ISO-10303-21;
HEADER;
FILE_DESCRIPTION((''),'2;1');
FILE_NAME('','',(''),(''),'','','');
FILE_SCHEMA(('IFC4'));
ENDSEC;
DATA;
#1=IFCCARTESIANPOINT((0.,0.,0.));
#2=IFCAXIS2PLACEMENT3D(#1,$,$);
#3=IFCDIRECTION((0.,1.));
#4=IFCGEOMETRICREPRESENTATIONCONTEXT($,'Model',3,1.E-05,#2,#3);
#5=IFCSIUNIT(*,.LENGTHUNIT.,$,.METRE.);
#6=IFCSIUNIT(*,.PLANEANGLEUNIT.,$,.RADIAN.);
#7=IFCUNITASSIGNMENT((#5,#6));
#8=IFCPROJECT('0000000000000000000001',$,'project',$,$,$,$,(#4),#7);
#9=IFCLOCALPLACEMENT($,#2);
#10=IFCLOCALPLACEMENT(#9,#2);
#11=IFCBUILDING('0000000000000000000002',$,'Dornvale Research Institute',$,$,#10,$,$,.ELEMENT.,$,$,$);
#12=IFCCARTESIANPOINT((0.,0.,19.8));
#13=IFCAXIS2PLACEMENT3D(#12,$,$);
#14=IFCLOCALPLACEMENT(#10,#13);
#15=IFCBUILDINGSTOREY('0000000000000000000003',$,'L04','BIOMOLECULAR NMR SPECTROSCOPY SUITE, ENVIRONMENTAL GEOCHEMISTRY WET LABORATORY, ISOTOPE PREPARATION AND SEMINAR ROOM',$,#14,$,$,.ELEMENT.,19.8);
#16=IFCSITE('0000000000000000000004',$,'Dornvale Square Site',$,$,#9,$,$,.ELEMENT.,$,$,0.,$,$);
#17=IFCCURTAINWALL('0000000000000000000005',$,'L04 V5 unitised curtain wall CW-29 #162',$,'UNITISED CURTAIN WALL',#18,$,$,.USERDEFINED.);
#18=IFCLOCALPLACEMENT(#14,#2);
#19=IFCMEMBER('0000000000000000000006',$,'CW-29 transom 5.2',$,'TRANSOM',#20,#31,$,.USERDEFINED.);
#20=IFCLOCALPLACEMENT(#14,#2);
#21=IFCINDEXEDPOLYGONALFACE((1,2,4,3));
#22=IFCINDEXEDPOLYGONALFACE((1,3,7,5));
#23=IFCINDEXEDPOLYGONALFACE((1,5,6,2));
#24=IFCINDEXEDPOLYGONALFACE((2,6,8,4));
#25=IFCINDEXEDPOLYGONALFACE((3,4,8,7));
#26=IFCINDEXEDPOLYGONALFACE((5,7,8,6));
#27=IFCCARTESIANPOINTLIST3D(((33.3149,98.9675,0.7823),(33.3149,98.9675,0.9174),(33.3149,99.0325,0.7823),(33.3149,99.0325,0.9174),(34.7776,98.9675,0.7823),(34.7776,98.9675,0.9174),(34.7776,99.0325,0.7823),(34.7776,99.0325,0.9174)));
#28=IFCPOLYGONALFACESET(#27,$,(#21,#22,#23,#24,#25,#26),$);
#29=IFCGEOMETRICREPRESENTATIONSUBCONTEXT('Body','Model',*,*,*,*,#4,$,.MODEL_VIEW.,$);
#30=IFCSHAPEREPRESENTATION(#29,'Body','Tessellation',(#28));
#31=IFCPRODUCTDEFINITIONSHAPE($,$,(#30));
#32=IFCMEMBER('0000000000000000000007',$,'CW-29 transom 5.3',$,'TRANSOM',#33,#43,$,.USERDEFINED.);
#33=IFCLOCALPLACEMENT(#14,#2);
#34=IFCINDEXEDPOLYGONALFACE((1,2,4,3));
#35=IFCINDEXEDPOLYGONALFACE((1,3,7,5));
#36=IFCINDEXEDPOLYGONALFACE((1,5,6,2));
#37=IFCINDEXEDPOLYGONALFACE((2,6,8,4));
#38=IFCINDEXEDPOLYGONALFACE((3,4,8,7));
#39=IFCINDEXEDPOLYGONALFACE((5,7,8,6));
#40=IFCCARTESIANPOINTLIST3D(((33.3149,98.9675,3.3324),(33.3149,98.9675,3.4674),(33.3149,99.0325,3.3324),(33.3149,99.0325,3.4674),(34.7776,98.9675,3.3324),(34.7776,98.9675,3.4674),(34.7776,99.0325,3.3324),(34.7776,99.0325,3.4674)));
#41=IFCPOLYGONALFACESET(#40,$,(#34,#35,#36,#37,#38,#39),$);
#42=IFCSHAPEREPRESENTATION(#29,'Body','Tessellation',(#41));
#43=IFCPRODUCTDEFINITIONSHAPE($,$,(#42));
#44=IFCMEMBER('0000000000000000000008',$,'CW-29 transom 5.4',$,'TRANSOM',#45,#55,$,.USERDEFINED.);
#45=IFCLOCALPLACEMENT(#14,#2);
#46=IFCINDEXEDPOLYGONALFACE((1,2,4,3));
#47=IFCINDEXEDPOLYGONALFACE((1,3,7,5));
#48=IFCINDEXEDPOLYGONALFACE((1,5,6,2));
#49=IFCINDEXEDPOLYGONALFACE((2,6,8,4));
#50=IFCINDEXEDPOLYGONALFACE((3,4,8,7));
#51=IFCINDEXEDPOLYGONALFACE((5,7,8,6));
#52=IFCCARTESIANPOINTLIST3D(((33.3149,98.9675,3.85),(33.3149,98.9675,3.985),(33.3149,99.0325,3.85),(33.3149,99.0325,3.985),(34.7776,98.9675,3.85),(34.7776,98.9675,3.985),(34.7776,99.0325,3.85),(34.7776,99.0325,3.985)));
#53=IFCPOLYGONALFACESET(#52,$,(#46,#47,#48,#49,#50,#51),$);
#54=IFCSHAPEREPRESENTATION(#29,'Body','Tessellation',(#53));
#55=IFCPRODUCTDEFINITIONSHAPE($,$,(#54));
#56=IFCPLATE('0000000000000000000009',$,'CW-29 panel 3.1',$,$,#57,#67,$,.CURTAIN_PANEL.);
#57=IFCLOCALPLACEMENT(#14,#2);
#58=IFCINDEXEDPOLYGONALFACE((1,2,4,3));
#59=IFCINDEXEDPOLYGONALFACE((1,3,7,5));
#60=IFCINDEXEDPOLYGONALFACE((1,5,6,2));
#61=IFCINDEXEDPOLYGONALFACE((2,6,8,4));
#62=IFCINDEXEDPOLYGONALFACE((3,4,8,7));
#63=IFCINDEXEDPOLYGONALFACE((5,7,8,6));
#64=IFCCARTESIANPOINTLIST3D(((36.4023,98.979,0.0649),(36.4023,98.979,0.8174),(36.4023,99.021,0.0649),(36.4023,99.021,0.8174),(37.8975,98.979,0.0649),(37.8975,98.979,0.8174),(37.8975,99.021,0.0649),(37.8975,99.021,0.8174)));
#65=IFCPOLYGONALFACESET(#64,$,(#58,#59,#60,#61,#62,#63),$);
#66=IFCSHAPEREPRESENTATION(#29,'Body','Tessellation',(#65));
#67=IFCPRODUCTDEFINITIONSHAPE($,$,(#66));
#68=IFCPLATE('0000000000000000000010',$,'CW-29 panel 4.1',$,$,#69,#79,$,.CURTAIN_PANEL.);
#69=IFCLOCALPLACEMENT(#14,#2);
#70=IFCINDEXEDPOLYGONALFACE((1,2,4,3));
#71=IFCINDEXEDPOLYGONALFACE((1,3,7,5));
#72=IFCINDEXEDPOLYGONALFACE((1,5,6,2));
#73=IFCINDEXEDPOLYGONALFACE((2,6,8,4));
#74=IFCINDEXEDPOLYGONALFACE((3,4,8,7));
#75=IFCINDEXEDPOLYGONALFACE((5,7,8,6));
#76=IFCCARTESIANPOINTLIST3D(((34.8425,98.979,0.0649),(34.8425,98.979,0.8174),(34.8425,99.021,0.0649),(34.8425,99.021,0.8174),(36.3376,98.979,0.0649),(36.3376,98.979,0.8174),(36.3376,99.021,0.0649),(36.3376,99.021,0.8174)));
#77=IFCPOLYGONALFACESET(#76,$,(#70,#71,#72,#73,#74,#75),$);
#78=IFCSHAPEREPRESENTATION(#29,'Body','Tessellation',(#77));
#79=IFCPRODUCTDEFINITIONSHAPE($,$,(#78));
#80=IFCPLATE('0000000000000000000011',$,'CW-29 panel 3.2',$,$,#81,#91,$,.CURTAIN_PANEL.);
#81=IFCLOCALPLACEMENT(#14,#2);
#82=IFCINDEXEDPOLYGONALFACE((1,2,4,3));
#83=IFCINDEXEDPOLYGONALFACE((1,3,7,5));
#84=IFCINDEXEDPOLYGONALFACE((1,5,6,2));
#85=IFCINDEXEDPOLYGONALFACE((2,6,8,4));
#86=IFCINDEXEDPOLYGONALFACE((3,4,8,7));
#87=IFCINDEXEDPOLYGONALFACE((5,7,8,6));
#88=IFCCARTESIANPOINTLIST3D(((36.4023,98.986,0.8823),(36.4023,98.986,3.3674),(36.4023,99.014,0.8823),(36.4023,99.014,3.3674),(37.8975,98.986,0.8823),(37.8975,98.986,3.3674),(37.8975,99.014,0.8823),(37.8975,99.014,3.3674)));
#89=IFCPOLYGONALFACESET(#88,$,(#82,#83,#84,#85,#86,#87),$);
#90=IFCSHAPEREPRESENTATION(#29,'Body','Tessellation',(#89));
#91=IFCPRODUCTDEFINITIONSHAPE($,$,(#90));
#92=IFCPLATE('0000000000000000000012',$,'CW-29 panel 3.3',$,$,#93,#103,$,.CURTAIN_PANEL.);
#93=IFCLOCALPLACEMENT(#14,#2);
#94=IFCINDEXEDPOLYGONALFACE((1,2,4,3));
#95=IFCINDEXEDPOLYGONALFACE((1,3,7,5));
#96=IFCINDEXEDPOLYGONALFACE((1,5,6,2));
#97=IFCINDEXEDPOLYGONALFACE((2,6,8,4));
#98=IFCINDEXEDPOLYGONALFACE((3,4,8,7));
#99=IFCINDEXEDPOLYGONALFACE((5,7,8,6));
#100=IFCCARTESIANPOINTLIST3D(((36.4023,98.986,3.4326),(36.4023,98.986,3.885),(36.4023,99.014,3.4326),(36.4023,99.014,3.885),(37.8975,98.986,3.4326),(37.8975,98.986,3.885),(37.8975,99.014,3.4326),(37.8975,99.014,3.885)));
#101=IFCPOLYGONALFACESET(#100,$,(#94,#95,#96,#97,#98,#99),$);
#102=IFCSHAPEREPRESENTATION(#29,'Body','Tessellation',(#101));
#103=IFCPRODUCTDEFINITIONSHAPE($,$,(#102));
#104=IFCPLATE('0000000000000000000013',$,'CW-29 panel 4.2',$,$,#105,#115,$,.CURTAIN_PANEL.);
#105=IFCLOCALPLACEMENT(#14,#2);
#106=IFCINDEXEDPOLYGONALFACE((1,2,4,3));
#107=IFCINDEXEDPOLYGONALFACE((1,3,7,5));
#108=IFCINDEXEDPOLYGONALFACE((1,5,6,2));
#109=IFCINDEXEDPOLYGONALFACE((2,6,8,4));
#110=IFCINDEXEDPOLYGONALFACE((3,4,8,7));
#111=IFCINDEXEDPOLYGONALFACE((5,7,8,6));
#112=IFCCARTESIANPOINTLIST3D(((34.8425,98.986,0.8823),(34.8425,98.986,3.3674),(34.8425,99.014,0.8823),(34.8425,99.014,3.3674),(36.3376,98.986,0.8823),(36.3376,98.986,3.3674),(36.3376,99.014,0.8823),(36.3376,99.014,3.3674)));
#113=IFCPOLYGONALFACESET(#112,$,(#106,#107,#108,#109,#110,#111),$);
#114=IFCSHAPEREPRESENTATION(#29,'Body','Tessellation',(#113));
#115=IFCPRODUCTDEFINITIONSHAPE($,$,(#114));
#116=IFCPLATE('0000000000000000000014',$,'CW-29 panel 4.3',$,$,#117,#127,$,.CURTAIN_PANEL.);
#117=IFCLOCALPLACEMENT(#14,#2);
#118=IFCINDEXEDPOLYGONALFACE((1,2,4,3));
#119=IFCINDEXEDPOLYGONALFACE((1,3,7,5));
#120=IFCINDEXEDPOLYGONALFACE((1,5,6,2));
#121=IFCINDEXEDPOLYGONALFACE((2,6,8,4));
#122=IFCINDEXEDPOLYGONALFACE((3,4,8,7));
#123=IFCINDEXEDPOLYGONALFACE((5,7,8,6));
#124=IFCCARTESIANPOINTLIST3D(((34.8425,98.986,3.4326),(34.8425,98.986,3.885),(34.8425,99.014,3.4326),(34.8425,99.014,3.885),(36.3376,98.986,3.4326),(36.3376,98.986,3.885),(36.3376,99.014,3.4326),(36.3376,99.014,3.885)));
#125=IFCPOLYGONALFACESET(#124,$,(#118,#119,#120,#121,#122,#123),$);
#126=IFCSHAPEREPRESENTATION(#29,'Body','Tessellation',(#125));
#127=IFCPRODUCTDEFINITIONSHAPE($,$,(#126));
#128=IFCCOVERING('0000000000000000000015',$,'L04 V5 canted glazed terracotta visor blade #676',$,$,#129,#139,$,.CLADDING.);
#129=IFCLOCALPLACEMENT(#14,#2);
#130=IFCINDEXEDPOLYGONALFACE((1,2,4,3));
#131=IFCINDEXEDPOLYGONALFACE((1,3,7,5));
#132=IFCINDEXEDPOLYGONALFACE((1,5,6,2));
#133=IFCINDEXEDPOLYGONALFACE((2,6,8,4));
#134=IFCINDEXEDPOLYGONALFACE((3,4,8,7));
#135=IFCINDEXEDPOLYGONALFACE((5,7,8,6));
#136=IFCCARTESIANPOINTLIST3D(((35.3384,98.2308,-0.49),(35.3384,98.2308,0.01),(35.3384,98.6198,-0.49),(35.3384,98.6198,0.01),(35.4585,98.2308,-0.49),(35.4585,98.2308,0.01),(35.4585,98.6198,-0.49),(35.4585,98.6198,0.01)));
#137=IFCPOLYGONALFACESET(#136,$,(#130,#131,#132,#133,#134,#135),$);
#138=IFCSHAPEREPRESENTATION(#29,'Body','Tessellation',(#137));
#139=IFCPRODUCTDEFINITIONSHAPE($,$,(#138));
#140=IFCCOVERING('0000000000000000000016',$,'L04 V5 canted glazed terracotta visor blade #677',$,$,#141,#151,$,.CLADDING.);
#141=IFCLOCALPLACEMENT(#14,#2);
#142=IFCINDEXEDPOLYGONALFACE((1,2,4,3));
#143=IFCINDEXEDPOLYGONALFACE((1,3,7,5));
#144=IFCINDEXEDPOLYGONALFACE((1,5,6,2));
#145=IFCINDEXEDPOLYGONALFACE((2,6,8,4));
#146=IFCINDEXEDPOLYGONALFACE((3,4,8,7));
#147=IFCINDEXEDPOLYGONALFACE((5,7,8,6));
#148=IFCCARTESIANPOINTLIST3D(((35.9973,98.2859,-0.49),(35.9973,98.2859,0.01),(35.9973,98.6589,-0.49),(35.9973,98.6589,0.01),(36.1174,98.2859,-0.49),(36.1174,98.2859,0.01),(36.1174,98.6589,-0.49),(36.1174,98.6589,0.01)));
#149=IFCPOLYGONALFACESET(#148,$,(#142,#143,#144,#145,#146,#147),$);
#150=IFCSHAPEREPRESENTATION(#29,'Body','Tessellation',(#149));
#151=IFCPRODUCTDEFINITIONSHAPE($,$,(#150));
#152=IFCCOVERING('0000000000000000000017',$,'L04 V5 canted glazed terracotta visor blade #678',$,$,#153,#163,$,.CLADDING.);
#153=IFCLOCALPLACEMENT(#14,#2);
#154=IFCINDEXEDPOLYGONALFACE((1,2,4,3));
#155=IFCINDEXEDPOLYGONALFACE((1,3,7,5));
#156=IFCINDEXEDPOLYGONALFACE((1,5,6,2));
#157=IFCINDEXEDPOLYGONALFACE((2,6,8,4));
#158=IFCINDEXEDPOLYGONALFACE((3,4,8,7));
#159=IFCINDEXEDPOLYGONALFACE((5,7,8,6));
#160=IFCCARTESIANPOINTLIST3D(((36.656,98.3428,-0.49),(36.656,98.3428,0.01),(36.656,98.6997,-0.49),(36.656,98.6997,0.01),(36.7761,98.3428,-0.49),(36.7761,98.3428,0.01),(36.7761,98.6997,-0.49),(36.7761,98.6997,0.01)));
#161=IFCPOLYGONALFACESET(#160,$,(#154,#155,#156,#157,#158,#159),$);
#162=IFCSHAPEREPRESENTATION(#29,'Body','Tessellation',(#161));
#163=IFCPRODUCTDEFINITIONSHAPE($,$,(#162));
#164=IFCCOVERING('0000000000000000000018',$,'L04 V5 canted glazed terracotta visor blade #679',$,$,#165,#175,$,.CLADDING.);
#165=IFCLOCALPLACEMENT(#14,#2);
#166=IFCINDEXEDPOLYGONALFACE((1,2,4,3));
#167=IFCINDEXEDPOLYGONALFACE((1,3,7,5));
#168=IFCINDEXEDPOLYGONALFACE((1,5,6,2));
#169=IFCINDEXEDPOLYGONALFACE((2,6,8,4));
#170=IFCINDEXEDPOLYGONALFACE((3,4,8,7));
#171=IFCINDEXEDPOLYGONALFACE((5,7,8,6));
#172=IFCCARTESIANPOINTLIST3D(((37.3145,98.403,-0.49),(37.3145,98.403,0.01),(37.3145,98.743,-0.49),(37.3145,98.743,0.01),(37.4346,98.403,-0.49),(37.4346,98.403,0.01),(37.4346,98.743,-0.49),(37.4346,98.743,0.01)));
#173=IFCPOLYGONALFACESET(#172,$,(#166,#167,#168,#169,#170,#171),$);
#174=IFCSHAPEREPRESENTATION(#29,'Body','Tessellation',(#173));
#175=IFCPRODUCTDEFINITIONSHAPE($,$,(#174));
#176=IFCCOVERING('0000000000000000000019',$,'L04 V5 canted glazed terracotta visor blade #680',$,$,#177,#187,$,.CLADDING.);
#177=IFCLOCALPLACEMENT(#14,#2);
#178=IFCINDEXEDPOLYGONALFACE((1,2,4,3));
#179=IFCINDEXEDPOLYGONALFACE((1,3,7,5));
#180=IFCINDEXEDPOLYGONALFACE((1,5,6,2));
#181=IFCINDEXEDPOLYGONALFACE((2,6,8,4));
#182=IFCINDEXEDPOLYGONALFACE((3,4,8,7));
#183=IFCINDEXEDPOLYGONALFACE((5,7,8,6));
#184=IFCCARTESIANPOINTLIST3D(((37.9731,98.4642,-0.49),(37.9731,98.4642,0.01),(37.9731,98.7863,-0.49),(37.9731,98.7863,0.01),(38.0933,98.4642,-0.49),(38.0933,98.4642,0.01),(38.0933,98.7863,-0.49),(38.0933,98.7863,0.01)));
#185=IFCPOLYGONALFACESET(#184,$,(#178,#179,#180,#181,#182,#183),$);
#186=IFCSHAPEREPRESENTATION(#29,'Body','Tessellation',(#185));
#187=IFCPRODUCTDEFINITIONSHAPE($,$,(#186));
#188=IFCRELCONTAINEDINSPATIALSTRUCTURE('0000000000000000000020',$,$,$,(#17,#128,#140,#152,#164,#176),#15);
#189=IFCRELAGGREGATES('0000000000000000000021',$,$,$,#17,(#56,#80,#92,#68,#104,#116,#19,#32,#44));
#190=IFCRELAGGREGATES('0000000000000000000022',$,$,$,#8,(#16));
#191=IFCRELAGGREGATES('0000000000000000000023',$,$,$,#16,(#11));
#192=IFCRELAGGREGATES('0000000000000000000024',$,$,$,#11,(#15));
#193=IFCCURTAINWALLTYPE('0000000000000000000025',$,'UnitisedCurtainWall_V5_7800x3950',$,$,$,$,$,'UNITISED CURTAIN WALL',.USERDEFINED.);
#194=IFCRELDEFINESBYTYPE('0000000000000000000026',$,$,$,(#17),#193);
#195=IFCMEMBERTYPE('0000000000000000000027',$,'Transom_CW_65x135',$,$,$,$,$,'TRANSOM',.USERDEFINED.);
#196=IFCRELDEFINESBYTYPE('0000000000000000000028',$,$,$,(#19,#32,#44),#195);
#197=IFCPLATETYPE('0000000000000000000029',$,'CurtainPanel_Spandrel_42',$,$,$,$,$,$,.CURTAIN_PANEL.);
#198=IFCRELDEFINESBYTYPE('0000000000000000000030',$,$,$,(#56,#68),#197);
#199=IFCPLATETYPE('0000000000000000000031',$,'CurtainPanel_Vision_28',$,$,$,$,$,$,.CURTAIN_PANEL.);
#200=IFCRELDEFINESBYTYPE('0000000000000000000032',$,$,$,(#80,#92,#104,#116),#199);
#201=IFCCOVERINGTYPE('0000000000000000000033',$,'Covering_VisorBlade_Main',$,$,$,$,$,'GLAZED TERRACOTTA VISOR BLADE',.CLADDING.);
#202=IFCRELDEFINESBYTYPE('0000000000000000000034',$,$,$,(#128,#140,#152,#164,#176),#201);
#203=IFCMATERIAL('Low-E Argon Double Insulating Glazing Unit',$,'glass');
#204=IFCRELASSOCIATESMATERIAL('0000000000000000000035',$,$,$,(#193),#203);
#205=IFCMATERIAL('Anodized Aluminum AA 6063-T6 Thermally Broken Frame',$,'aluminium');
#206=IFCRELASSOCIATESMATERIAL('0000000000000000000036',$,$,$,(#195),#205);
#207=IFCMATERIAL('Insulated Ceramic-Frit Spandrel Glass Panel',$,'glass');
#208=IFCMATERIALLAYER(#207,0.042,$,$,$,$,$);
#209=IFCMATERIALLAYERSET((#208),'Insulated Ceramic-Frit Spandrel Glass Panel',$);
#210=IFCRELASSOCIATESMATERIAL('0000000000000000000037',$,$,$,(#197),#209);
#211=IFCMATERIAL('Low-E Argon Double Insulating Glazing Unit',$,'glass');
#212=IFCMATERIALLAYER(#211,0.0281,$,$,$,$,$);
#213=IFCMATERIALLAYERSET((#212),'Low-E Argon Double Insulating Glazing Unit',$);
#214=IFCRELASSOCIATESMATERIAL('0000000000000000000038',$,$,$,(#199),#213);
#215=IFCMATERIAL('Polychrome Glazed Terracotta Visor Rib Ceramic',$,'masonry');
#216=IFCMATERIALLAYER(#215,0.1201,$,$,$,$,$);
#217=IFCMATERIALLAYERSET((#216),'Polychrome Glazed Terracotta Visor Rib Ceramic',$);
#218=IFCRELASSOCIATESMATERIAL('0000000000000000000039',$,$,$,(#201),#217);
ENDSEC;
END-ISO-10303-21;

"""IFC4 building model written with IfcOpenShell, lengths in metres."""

from ifc_helpers import new_model, si_unit, direction, frame, origin, origin_2d, place, context, subcontext, project, spatial, rectangle, extrude, material, layer, layer_set, material_profile, profile_set, type_object, element, aggregate, save


model = new_model("IFC4")

# Units and contexts
model_context = context("Model", 3, precision=1e-05, world=origin(), true_north=direction((0.0, 1.0)))
body_context = subcontext(model_context, "Body", "Model", "MODEL_VIEW")
ifc_project = project(units=[si_unit("LENGTHUNIT", "METRE"), si_unit("PLANEANGLEUNIT", "RADIAN")], contexts=[model_context])

# Site, building, storey
site_placement = place(None, origin())
site = spatial("IfcSite", under=ifc_project, at=site_placement, Name="Dornvale Square Site", CompositionType="ELEMENT", RefElevation=0.0)
building_placement = place(site_placement, origin())
building = spatial("IfcBuilding", under=site, at=building_placement, Name="Dornvale Research Institute", CompositionType="ELEMENT")
storey_placement = place(building_placement, frame((0.0, 0.0, 19.8)))
storey = spatial("IfcBuildingStorey", under=building, at=storey_placement, Name="L04", Description="BIOMOLECULAR NMR SPECTROSCOPY SUITE, ENVIRONMENTAL GEOCHEMISTRY WET LABORATORY, ISOTOPE PREPARATION AND SEMINAR ROOM", CompositionType="ELEMENT", Elevation=19.8)

# Curtain wall, members, plates
ifc_material_1 = material(Name="Low-E Argon Double Insulating Glazing Unit", Category="glass")
curtain_wall_type = type_object("IfcCurtainWallType", Name="UnitisedCurtainWall_V5_7800x3950", ElementType="UNITISED CURTAIN WALL", PredefinedType="USERDEFINED", material=ifc_material_1)
curtain_wall_placement = place(storey_placement, origin())
curtain_wall = element("IfcCurtainWall", 1, at=curtain_wall_placement, inside=storey, type_object=curtain_wall_type, Name="L04 V5 unitised curtain wall CW-29 #162", ObjectType="UNITISED CURTAIN WALL", PredefinedType="USERDEFINED")
ifc_material_2 = material(Name="Anodized Aluminum AA 6063-T6 Thermally Broken Frame", Category="aluminium")
ifc_material_profile_1 = material_profile(ifc_material_2, rectangle(XDim=0.0649, YDim=0.135, at=origin_2d()), Name="ALU TRANSOM 65x135")
ifc_profile_set_1 = profile_set([ifc_material_profile_1], Name="Anodized Aluminum AA 6063-T6 Thermally Broken Frame")
member_type_1 = type_object("IfcMemberType", Name="Transom_CW_65x135", ElementType="TRANSOM", PredefinedType="USERDEFINED", material=ifc_profile_set_1)
member_1_placement = place(storey_placement, frame((34.7776, 99.0, 0.8499), z_axis=(-1.0, 0.0, 0.0), x_axis=(0.0, -1.0, 0.0)))
member_1 = element("IfcMember", 2, at=member_1_placement, type_object=member_type_1, Name="CW-29 transom 5.2", ObjectType="TRANSOM", PredefinedType="USERDEFINED", context=body_context, shape_type="SweptSolid", body=[
    extrude(rectangle(XDim=0.0649, YDim=0.135, at=origin_2d()), origin(), (0.0, 0.0, 1.0), 1.4626),
])
member_2_placement = place(storey_placement, frame((34.7776, 99.0, 3.3999), z_axis=(-1.0, 0.0, 0.0), x_axis=(0.0, -1.0, 0.0)))
member_2 = element("IfcMember", 3, at=member_2_placement, type_object=member_type_1, Name="CW-29 transom 5.3", ObjectType="TRANSOM", PredefinedType="USERDEFINED", context=body_context, shape_type="SweptSolid", body=[
    extrude(rectangle(XDim=0.0649, YDim=0.135, at=origin_2d()), origin(), (0.0, 0.0, 1.0), 1.4626),
])
member_3_placement = place(storey_placement, frame((34.7776, 99.0, 3.9175), z_axis=(-1.0, 0.0, 0.0), x_axis=(0.0, -1.0, 0.0)))
member_3 = element("IfcMember", 4, at=member_3_placement, type_object=member_type_1, Name="CW-29 transom 5.4", ObjectType="TRANSOM", PredefinedType="USERDEFINED", context=body_context, shape_type="SweptSolid", body=[
    extrude(rectangle(XDim=0.0649, YDim=0.135, at=origin_2d()), origin(), (0.0, 0.0, 1.0), 1.4626),
])
ifc_material_3 = material(Name="Insulated Ceramic-Frit Spandrel Glass Panel", Category="glass")
ifc_layer_1 = layer(ifc_material_3, 0.042)
ifc_layer_set_1 = layer_set([ifc_layer_1], Name="Insulated Ceramic-Frit Spandrel Glass Panel")
plate_type_1 = type_object("IfcPlateType", Name="CurtainPanel_Spandrel_42", PredefinedType="CURTAIN_PANEL", material=ifc_layer_set_1)
plate_1_placement = place(storey_placement, frame((37.1499, 99.0, 0.0649), z_axis=(0.0, 0.0, 1.0), x_axis=(-1.0, 0.0, 0.0)))
plate_1 = element("IfcPlate", 5, at=plate_1_placement, type_object=plate_type_1, Name="CW-29 panel 3.1", PredefinedType="CURTAIN_PANEL", context=body_context, shape_type="SweptSolid", body=[
    extrude(rectangle(XDim=1.4951, YDim=0.042, at=origin_2d()), origin(), (0.0, 0.0, 1.0), 0.7524),
])
plate_2_placement = place(storey_placement, frame((35.5901, 99.0, 0.0649), z_axis=(0.0, 0.0, 1.0), x_axis=(-1.0, 0.0, 0.0)))
plate_2 = element("IfcPlate", 6, at=plate_2_placement, type_object=plate_type_1, Name="CW-29 panel 4.1", PredefinedType="CURTAIN_PANEL", context=body_context, shape_type="SweptSolid", body=[
    extrude(rectangle(XDim=1.4951, YDim=0.042, at=origin_2d()), origin(), (0.0, 0.0, 1.0), 0.7524),
])
ifc_material_4 = material(Name="Low-E Argon Double Insulating Glazing Unit", Category="glass")
ifc_layer_2 = layer(ifc_material_4, 0.0281)
ifc_layer_set_2 = layer_set([ifc_layer_2], Name="Low-E Argon Double Insulating Glazing Unit")
plate_type_2 = type_object("IfcPlateType", Name="CurtainPanel_Vision_28", PredefinedType="CURTAIN_PANEL", material=ifc_layer_set_2)
plate_3_placement = place(storey_placement, frame((37.1499, 99.0, 0.8823), z_axis=(0.0, 0.0, 1.0), x_axis=(-1.0, 0.0, 0.0)))
plate_3 = element("IfcPlate", 7, at=plate_3_placement, type_object=plate_type_2, Name="CW-29 panel 3.2", PredefinedType="CURTAIN_PANEL", context=body_context, shape_type="SweptSolid", body=[
    extrude(rectangle(XDim=1.4951, YDim=0.0281, at=origin_2d()), origin(), (0.0, 0.0, 1.0), 2.4851),
])
plate_4_placement = place(storey_placement, frame((37.1499, 99.0, 3.4326), z_axis=(0.0, 0.0, 1.0), x_axis=(-1.0, 0.0, 0.0)))
plate_4 = element("IfcPlate", 8, at=plate_4_placement, type_object=plate_type_2, Name="CW-29 panel 3.3", PredefinedType="CURTAIN_PANEL", context=body_context, shape_type="SweptSolid", body=[
    extrude(rectangle(XDim=1.4951, YDim=0.0281, at=origin_2d()), origin(), (0.0, 0.0, 1.0), 0.4524),
])
plate_5_placement = place(storey_placement, frame((35.5901, 99.0, 0.8823), z_axis=(0.0, 0.0, 1.0), x_axis=(-1.0, 0.0, 0.0)))
plate_5 = element("IfcPlate", 9, at=plate_5_placement, type_object=plate_type_2, Name="CW-29 panel 4.2", PredefinedType="CURTAIN_PANEL", context=body_context, shape_type="SweptSolid", body=[
    extrude(rectangle(XDim=1.4951, YDim=0.0281, at=origin_2d()), origin(), (0.0, 0.0, 1.0), 2.4851),
])
plate_6_placement = place(storey_placement, frame((35.5901, 99.0, 3.4326), z_axis=(0.0, 0.0, 1.0), x_axis=(-1.0, 0.0, 0.0)))
plate_6 = element("IfcPlate", 10, at=plate_6_placement, type_object=plate_type_2, Name="CW-29 panel 4.3", PredefinedType="CURTAIN_PANEL", context=body_context, shape_type="SweptSolid", body=[
    extrude(rectangle(XDim=1.4951, YDim=0.0281, at=origin_2d()), origin(), (0.0, 0.0, 1.0), 0.4524),
])
aggregate(curtain_wall, [plate_1, plate_3, plate_4, plate_2, plate_5, plate_6, member_1, member_2, member_3])

# Coverings
ifc_material_5 = material(Name="Polychrome Glazed Terracotta Visor Rib Ceramic", Category="masonry")
ifc_layer_3 = layer(ifc_material_5, 0.1201)
ifc_layer_set_3 = layer_set([ifc_layer_3], Name="Polychrome Glazed Terracotta Visor Rib Ceramic")
covering_type = type_object("IfcCoveringType", Name="Covering_VisorBlade_Main", ElementType="GLAZED TERRACOTTA VISOR BLADE", PredefinedType="CLADDING", material=ifc_layer_set_3)
covering_1_placement = place(storey_placement, frame((35.3984, 98.4253, -0.49), z_axis=(0.0, 0.0, 1.0), x_axis=(0.0, 1.0, 0.0)))
element("IfcCovering", 11, at=covering_1_placement, inside=storey, type_object=covering_type, Name="L04 V5 canted glazed terracotta visor blade #676", PredefinedType="CLADDING", context=body_context, shape_type="SweptSolid", body=[
    extrude(rectangle(XDim=0.3889, YDim=0.1201, at=origin_2d()), origin(), (0.0, 0.0, 1.0), 0.5),
])
covering_2_placement = place(storey_placement, frame((36.0574, 98.4724, -0.49), z_axis=(0.0, 0.0, 1.0), x_axis=(0.0, 1.0, 0.0)))
element("IfcCovering", 12, at=covering_2_placement, inside=storey, type_object=covering_type, Name="L04 V5 canted glazed terracotta visor blade #677", PredefinedType="CLADDING", context=body_context, shape_type="SweptSolid", body=[
    extrude(rectangle(XDim=0.373, YDim=0.1201, at=origin_2d()), origin(), (0.0, 0.0, 1.0), 0.5),
])
covering_3_placement = place(storey_placement, frame((36.7161, 98.5212, -0.49), z_axis=(0.0, 0.0, 1.0), x_axis=(0.0, 1.0, 0.0)))
element("IfcCovering", 13, at=covering_3_placement, inside=storey, type_object=covering_type, Name="L04 V5 canted glazed terracotta visor blade #678", PredefinedType="CLADDING", context=body_context, shape_type="SweptSolid", body=[
    extrude(rectangle(XDim=0.3569, YDim=0.1201, at=origin_2d()), origin(), (0.0, 0.0, 1.0), 0.5),
])
covering_4_placement = place(storey_placement, frame((37.3745, 98.573, -0.49), z_axis=(0.0, 0.0, 1.0), x_axis=(0.0, 1.0, 0.0)))
element("IfcCovering", 14, at=covering_4_placement, inside=storey, type_object=covering_type, Name="L04 V5 canted glazed terracotta visor blade #679", PredefinedType="CLADDING", context=body_context, shape_type="SweptSolid", body=[
    extrude(rectangle(XDim=0.3401, YDim=0.1201, at=origin_2d()), origin(), (0.0, 0.0, 1.0), 0.5),
])
covering_5_placement = place(storey_placement, frame((38.0332, 98.6252, -0.49), z_axis=(0.0, 0.0, 1.0), x_axis=(0.0, 1.0, 0.0)))
element("IfcCovering", 15, at=covering_5_placement, inside=storey, type_object=covering_type, Name="L04 V5 canted glazed terracotta visor blade #680", PredefinedType="CLADDING", context=body_context, shape_type="SweptSolid", body=[
    extrude(rectangle(XDim=0.322, YDim=0.1201, at=origin_2d()), origin(), (0.0, 0.0, 1.0), 0.5),
])

save(model, "model.ifc")
